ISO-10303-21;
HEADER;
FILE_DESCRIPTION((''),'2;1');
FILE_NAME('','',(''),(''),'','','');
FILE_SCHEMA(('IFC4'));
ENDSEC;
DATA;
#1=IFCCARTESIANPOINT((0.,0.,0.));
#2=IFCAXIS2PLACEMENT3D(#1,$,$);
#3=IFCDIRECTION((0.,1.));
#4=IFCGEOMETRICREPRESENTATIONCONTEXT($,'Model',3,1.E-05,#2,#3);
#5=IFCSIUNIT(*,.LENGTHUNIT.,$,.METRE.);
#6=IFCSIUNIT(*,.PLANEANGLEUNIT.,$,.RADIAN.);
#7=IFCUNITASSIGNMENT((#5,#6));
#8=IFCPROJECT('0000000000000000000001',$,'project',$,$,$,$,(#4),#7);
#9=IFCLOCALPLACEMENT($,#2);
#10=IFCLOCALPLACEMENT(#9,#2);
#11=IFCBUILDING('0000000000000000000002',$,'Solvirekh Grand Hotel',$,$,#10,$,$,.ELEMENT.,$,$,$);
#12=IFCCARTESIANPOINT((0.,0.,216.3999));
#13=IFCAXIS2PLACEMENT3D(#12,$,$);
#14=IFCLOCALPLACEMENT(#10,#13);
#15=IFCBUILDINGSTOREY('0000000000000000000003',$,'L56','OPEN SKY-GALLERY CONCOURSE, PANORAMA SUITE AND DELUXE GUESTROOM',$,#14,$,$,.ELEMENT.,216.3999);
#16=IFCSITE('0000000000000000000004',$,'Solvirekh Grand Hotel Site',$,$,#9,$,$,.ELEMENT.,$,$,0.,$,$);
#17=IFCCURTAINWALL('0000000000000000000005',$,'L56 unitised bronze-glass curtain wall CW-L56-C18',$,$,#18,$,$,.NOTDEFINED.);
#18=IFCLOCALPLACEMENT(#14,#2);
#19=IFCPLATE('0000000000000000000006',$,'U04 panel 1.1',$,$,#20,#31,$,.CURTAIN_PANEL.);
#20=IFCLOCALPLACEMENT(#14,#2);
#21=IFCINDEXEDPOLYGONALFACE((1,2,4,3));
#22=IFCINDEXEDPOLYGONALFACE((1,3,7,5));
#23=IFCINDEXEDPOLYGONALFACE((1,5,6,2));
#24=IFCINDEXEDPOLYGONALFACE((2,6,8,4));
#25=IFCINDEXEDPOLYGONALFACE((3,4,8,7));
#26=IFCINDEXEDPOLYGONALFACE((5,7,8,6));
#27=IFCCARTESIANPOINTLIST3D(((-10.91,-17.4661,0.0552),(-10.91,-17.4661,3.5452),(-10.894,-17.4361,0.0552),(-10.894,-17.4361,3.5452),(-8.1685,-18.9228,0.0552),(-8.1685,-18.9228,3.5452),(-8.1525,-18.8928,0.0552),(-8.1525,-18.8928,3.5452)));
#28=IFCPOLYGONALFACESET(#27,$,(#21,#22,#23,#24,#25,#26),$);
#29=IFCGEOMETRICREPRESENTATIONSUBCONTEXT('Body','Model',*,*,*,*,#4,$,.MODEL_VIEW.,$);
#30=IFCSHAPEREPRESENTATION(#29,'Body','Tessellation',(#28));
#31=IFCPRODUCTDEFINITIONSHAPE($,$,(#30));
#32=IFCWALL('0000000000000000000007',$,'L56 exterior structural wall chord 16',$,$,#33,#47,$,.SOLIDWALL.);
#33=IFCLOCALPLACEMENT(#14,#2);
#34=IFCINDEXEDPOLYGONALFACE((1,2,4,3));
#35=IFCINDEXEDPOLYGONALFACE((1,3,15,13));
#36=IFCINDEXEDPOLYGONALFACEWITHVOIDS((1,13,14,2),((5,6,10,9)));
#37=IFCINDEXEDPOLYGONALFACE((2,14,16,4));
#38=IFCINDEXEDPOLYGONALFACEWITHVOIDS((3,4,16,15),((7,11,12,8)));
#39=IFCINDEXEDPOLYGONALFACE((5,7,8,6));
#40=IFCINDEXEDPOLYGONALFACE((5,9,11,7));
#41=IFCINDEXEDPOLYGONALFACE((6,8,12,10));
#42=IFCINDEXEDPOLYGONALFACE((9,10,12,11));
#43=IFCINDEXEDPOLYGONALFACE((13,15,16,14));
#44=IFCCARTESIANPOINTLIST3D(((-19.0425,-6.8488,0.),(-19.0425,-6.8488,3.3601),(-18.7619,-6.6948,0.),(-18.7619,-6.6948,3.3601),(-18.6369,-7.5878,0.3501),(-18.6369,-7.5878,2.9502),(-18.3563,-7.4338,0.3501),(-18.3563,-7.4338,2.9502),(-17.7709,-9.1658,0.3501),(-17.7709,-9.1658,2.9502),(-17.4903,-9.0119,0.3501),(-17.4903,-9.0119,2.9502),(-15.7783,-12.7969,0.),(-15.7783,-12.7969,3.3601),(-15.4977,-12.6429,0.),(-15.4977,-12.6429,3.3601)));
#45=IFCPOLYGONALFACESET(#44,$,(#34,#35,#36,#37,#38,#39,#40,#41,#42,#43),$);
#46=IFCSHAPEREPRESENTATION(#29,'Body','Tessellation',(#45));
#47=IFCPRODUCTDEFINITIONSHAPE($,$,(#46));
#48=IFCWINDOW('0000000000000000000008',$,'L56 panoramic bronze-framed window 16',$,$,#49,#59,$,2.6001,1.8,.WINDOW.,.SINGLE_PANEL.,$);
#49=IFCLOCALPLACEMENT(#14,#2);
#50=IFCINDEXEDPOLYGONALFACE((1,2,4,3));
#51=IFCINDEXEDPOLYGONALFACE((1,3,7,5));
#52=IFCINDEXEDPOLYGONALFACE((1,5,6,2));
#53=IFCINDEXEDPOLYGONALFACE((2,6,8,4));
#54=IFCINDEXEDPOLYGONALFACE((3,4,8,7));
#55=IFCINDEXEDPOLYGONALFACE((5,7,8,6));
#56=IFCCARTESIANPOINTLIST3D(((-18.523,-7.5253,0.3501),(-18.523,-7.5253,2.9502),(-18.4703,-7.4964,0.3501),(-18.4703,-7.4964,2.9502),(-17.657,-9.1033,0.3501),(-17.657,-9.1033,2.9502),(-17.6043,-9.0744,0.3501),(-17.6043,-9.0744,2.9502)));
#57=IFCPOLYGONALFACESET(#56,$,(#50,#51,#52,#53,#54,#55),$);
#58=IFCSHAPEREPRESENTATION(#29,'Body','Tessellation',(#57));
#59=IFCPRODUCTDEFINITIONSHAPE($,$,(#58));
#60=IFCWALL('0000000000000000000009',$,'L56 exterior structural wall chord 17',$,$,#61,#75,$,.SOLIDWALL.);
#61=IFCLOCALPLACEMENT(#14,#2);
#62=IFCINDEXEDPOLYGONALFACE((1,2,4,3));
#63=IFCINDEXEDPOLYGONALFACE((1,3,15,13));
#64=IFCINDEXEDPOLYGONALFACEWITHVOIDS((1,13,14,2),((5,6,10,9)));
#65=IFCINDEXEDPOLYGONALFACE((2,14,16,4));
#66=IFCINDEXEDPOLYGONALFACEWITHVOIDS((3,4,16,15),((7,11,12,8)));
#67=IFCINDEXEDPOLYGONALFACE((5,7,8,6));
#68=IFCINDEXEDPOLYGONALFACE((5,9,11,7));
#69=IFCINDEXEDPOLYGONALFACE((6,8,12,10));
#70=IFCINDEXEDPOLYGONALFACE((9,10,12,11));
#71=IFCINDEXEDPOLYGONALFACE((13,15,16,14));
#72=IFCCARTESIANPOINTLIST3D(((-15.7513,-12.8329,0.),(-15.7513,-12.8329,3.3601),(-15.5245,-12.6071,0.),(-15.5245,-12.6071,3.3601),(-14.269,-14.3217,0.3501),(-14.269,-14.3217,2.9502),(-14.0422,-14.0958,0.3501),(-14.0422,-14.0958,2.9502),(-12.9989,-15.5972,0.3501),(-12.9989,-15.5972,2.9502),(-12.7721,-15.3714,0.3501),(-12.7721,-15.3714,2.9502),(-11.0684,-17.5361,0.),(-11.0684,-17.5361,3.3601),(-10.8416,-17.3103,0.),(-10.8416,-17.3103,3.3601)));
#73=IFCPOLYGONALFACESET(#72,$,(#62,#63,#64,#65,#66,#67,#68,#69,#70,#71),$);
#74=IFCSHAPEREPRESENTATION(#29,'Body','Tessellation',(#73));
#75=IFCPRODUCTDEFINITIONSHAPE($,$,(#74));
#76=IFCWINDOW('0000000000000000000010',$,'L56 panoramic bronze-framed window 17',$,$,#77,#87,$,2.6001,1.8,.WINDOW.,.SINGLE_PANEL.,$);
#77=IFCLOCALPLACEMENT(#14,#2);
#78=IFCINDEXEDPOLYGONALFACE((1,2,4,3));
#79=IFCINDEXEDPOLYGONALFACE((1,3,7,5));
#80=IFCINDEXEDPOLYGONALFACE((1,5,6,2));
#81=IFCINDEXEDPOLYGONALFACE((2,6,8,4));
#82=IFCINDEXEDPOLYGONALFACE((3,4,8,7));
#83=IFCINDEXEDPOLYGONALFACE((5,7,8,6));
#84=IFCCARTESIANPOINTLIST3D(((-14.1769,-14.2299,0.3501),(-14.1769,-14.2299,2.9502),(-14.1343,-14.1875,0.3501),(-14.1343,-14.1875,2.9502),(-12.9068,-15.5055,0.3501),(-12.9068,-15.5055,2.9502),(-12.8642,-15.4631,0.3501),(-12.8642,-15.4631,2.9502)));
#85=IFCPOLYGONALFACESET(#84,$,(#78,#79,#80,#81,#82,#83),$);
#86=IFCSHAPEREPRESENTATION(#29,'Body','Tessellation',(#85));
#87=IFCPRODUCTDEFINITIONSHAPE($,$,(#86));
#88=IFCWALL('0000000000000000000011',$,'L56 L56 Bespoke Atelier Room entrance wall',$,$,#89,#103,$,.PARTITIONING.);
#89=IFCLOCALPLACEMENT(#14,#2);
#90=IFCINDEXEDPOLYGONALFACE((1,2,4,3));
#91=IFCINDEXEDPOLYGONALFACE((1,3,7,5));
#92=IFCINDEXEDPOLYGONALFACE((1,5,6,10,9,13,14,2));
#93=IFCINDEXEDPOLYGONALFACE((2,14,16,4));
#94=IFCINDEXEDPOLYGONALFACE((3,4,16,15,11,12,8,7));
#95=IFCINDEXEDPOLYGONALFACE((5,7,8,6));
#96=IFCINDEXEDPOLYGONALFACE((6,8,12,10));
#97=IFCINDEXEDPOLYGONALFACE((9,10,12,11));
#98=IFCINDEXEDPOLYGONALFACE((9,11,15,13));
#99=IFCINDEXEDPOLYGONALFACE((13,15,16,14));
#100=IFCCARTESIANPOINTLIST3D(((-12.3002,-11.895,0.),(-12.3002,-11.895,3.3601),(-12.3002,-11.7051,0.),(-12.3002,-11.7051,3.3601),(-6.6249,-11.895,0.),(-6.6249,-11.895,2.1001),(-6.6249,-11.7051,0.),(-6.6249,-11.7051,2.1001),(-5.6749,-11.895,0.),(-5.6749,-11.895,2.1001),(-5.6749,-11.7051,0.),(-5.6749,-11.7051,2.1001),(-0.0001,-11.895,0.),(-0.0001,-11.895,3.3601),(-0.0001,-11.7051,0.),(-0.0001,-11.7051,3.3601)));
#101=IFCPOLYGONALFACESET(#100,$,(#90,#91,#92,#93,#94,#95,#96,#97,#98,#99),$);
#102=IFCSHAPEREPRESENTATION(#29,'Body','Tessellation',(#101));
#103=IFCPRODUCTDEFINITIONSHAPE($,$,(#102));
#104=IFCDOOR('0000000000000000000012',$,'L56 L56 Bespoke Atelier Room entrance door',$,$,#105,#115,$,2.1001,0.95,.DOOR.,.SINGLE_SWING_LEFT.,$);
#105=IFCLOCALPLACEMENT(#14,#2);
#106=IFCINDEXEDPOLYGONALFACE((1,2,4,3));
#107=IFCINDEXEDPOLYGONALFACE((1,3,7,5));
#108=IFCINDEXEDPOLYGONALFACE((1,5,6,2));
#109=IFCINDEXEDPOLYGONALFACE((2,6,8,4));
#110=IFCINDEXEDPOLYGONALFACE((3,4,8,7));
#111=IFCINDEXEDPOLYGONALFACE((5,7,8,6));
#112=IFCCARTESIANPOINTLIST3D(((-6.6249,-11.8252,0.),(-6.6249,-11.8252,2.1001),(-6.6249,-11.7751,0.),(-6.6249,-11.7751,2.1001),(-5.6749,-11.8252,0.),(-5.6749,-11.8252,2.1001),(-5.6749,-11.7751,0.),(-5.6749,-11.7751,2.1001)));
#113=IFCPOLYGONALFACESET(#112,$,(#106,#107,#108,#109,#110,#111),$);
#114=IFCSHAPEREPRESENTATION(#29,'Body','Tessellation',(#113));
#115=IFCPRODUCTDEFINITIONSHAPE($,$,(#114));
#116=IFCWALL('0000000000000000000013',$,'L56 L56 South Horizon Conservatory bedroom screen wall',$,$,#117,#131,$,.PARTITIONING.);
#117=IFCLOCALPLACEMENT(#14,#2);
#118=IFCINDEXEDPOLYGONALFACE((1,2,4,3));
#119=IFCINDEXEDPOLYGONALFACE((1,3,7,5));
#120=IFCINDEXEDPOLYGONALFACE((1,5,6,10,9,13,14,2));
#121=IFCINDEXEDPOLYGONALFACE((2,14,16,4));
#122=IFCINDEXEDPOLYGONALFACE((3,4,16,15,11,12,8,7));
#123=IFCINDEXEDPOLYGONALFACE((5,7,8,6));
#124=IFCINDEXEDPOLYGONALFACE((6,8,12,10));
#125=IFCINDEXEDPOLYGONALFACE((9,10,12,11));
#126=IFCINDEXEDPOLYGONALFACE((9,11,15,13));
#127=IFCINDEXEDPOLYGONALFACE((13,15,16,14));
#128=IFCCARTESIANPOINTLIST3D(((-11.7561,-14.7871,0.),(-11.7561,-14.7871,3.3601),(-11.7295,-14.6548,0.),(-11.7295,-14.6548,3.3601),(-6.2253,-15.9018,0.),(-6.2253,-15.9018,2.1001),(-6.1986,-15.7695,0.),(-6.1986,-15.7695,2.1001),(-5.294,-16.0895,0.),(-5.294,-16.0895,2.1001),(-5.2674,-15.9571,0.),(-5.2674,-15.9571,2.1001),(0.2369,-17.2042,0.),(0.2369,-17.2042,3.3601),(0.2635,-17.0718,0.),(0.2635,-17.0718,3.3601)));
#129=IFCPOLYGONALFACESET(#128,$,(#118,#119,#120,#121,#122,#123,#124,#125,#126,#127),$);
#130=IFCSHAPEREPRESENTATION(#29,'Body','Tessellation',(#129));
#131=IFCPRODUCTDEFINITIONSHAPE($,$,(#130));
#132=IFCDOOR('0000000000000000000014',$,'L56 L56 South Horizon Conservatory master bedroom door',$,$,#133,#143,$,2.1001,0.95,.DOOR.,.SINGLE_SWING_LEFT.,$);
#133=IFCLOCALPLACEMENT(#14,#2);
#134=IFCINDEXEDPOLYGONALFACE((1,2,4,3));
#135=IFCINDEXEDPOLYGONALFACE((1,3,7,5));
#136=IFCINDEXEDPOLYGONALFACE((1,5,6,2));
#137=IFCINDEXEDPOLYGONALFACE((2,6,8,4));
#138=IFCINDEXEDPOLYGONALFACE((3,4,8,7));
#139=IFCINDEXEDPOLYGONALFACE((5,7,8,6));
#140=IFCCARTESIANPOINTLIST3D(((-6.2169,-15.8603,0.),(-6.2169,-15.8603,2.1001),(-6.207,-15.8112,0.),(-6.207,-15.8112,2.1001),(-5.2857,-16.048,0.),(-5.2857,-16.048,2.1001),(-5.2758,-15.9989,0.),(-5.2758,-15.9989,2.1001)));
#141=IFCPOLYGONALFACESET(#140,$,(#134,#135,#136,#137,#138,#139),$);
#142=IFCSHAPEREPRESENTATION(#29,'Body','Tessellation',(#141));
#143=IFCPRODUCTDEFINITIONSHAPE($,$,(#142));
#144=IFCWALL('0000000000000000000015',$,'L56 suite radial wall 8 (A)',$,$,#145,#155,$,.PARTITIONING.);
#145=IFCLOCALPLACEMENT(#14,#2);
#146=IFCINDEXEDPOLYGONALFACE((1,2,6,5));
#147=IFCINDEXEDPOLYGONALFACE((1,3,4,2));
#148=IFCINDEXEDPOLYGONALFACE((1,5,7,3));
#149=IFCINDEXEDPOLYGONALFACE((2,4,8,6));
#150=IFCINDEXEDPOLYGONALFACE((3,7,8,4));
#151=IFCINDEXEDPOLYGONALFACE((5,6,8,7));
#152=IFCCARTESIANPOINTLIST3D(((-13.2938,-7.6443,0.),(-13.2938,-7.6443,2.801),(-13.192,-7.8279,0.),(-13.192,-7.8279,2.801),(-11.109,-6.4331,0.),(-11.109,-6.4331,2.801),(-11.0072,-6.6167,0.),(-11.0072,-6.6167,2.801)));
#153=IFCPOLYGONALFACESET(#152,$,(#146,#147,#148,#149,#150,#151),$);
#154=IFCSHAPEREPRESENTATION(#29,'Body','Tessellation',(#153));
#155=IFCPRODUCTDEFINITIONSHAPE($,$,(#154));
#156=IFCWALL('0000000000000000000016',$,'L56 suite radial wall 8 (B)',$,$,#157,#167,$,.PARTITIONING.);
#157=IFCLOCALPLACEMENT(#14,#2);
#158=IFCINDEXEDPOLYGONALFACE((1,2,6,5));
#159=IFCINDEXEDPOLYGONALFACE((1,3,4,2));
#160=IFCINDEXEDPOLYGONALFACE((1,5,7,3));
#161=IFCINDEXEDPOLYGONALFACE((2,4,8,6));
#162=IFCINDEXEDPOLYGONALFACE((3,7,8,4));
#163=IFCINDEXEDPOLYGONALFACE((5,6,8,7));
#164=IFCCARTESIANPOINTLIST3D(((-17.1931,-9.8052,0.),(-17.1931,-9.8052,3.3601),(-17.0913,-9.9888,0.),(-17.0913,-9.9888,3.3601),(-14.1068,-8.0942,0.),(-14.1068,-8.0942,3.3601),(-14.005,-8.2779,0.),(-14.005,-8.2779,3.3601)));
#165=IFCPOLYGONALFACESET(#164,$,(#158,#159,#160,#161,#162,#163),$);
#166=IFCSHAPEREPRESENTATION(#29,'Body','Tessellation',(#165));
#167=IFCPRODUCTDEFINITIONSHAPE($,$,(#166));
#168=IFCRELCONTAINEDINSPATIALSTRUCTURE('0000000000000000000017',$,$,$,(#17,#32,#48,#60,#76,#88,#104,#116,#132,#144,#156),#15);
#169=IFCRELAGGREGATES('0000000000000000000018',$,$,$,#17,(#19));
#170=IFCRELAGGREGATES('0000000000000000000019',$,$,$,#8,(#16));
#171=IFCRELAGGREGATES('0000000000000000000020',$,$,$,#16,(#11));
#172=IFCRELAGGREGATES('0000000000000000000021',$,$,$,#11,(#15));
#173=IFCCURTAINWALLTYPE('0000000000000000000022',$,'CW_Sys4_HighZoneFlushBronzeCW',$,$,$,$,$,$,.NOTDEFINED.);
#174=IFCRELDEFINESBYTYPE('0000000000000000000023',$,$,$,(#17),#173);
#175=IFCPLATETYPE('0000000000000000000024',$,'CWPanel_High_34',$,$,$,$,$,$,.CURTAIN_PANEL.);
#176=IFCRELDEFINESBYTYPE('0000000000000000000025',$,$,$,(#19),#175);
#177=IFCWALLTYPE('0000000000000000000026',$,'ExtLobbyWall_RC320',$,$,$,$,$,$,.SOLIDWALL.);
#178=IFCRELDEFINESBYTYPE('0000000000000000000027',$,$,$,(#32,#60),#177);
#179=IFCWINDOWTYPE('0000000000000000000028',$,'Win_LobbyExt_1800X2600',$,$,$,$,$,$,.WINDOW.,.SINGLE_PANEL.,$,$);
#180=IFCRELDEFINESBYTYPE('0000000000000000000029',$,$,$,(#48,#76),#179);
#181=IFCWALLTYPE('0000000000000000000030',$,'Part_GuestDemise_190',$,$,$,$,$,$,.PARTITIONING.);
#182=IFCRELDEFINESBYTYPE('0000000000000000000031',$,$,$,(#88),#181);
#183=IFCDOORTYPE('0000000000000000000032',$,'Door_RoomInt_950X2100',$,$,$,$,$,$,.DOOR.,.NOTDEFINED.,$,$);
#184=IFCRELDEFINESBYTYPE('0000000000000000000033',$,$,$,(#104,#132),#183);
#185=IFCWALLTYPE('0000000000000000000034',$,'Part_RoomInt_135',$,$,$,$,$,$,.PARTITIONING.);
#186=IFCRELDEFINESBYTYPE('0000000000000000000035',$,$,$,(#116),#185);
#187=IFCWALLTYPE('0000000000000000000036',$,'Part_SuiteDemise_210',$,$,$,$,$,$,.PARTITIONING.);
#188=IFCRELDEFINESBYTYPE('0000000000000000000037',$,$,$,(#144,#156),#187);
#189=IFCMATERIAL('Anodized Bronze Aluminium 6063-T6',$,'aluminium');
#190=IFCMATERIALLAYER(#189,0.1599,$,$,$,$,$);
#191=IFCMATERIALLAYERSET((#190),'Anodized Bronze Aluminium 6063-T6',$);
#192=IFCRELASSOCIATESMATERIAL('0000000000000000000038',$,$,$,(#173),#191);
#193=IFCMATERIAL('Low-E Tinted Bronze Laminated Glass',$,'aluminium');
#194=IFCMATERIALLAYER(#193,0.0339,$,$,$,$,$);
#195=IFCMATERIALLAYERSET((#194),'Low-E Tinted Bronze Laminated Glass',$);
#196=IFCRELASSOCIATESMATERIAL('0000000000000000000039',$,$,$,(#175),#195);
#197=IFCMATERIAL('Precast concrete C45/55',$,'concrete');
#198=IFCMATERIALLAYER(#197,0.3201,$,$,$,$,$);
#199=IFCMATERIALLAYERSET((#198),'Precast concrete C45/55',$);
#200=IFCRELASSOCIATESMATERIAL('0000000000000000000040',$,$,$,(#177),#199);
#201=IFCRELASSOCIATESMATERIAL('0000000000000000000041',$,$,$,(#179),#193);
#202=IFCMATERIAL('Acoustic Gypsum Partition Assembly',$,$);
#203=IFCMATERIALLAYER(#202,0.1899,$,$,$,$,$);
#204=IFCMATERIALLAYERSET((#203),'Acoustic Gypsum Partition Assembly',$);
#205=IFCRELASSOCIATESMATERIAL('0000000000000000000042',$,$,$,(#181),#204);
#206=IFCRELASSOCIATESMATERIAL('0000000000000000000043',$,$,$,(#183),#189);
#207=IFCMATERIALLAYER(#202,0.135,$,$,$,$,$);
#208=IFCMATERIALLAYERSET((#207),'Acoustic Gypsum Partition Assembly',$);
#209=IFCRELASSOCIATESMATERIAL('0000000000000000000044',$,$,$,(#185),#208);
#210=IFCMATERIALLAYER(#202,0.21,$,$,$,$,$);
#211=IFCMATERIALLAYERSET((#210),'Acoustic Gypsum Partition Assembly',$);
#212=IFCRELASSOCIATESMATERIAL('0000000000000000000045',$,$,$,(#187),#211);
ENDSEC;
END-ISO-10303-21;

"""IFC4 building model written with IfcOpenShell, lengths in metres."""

from ifc_helpers import new_model, si_unit, direction, frame, frame_2d, origin, origin_2d, place, context, subcontext, project, spatial, rectangle, extrude, source, transform, mapped, material, layer, layer_set, type_object, element, fill, aggregate, save


model = new_model("IFC4")

# Units and contexts
model_context = context("Model", 3, precision=1e-05, world=origin(), true_north=direction((0.0, 1.0)))
body_context = subcontext(model_context, "Body", "Model", "MODEL_VIEW")
ifc_project = project(units=[si_unit("LENGTHUNIT", "METRE"), si_unit("PLANEANGLEUNIT", "RADIAN")], contexts=[model_context])

# Site, building, storey
site_placement = place(None, origin())
site = spatial("IfcSite", under=ifc_project, at=site_placement, Name="Solvirekh Grand Hotel Site", CompositionType="ELEMENT", RefElevation=0.0)
building_placement = place(site_placement, origin())
building = spatial("IfcBuilding", under=site, at=building_placement, Name="Solvirekh Grand Hotel", CompositionType="ELEMENT")
storey_placement = place(building_placement, frame((0.0, 0.0, 216.3999)))
storey = spatial("IfcBuildingStorey", under=building, at=storey_placement, Name="L56", Description="OPEN SKY-GALLERY CONCOURSE, PANORAMA SUITE AND DELUXE GUESTROOM", CompositionType="ELEMENT", Elevation=216.3999)

# Shared definitions
ifc_material_1 = material(Name="Anodized Bronze Aluminium 6063-T6", Category="aluminium")
ifc_layer_1 = layer(ifc_material_1, 0.1599)
ifc_layer_set_1 = layer_set([ifc_layer_1], Name="Anodized Bronze Aluminium 6063-T6")
curtain_wall_type = type_object("IfcCurtainWallType", Name="CW_Sys4_HighZoneFlushBronzeCW", PredefinedType="NOTDEFINED", material=ifc_layer_set_1)

# Curtain wall, plate
curtain_wall_1_placement = place(storey_placement, origin())
curtain_wall_1 = element("IfcCurtainWall", 1, at=curtain_wall_1_placement, inside=storey, type_object=curtain_wall_type, Name="L56 unitised bronze-glass curtain wall CW-L56-C18", PredefinedType="NOTDEFINED")
ifc_material_2 = material(Name="Low-E Tinted Bronze Laminated Glass", Category="aluminium")
ifc_layer_2 = layer(ifc_material_2, 0.0339)
ifc_layer_set_2 = layer_set([ifc_layer_2], Name="Low-E Tinted Bronze Laminated Glass")
plate_type = type_object("IfcPlateType", Name="CWPanel_High_34", PredefinedType="CURTAIN_PANEL", material=ifc_layer_set_2)
shared_shape_1 = source(origin(), body_context, "Body", "SweptSolid", [
    extrude(rectangle(XDim=3.1045, YDim=0.0339, at=origin_2d()), origin(), (0.0, 0.0, 1.0), 3.49),
])
plate_placement = place(storey_placement, frame((-9.5312, -18.1794, 0.0552), z_axis=(0.0, 0.0, 1.0), x_axis=(0.883071, -0.469239, 0.0)))
plate = element("IfcPlate", 2, at=plate_placement, type_object=plate_type, Name="U04 panel 1.1", PredefinedType="CURTAIN_PANEL", context=body_context, shape_type="MappedRepresentation", body=[
    mapped(shared_shape_1, transform((0.0, 0.0, 0.0), x_axis=(1.0, 0.0, 0.0), y_axis=(0.0, 1.0, 0.0), z_axis=(0.0, 0.0, 1.0), scale=1.0)),
])
aggregate(curtain_wall_1, [plate])

# Walls, openings, windows
ifc_material_3 = material(Name="Precast concrete C45/55", Category="concrete")
ifc_layer_3 = layer(ifc_material_3, 0.3201)
ifc_layer_set_3 = layer_set([ifc_layer_3], Name="Precast concrete C45/55")
wall_type_1 = type_object("IfcWallType", Name="ExtLobbyWall_RC320", PredefinedType="SOLIDWALL", material=ifc_layer_set_3)
wall_1_placement = place(storey_placement, frame((-15.6379, -12.72, 0.0), z_axis=(0.0, 0.0, 1.0), x_axis=(-0.481099, 0.876666, 0.0)))
wall_1 = element("IfcWall", 3, at=wall_1_placement, inside=storey, type_object=wall_type_1, Name="L56 exterior structural wall chord 16", PredefinedType="SOLIDWALL", context=body_context, shape_type="SweptSolid", body=[
    extrude(rectangle(XDim=6.7849, YDim=0.3201, at=frame_2d((3.3926, 0.0))), origin(), (0.0, 0.0, 1.0), 3.3601),
])
opening_1_placement = place(wall_1_placement, frame((4.1421, 0.0, 0.3501)))
opening_1 = element("IfcOpeningElement", 4, at=opening_1_placement, cuts=wall_1, PredefinedType="OPENING", context=body_context, shape_type="SweptSolid", body=[
    extrude(rectangle(XDim=1.8, YDim=2.6001, at=frame_2d((0.8999, 1.3))), frame((0.0, 0.1699, 0.0), z_axis=(0.0, -1.0, 0.0), x_axis=(1.0, 0.0, 0.0)), (0.0, 0.0, 1.0), 0.3401),
])
window_type = type_object("IfcWindowType", Name="Win_LobbyExt_1800X2600", PartitioningType="SINGLE_PANEL", PredefinedType="WINDOW", material=ifc_material_2)
window_1_placement = place(opening_1_placement, origin())
window_1 = element("IfcWindow", 5, at=window_1_placement, inside=storey, type_object=window_type, Name="L56 panoramic bronze-framed window 16", OverallHeight=2.6001, OverallWidth=1.8, PartitioningType="SINGLE_PANEL", PredefinedType="WINDOW", context=body_context, shape_type="SweptSolid", body=[
    extrude(rectangle(XDim=1.8, YDim=2.6001, at=frame_2d((0.8999, 1.3))), frame((0.0, 0.03, 0.0), z_axis=(0.0, -1.0, 0.0), x_axis=(1.0, 0.0, 0.0)), (0.0, 0.0, 1.0), 0.0601),
])
fill(opening_1, window_1)
wall_2_placement = place(storey_placement, frame((-10.9551, -17.4231, 0.0), z_axis=(0.0, 0.0, 1.0), x_axis=(-0.705579, 0.708632, 0.0)))
wall_2 = element("IfcWall", 6, at=wall_2_placement, inside=storey, type_object=wall_type_1, Name="L56 exterior structural wall chord 17", PredefinedType="SOLIDWALL", context=body_context, shape_type="SweptSolid", body=[
    extrude(rectangle(XDim=6.637, YDim=0.3201, at=frame_2d((3.3184, 0.0))), origin(), (0.0, 0.0, 1.0), 3.3601),
])
opening_2_placement = place(wall_2_placement, frame((2.7361, 0.0, 0.3501)))
opening_2 = element("IfcOpeningElement", 7, at=opening_2_placement, cuts=wall_2, PredefinedType="OPENING", context=body_context, shape_type="SweptSolid", body=[
    extrude(rectangle(XDim=1.8, YDim=2.6001, at=frame_2d((0.8999, 1.3))), frame((0.0, 0.1699, 0.0), z_axis=(0.0, -1.0, 0.0), x_axis=(1.0, 0.0, 0.0)), (0.0, 0.0, 1.0), 0.3401),
])
window_2_placement = place(opening_2_placement, origin())
window_2 = element("IfcWindow", 8, at=window_2_placement, inside=storey, type_object=window_type, Name="L56 panoramic bronze-framed window 17", OverallHeight=2.6001, OverallWidth=1.8, PartitioningType="SINGLE_PANEL", PredefinedType="WINDOW", context=body_context, shape_type="SweptSolid", body=[
    extrude(rectangle(XDim=1.8, YDim=2.6001, at=frame_2d((0.8999, 1.3))), frame((0.0, 0.03, 0.0), z_axis=(0.0, -1.0, 0.0), x_axis=(1.0, 0.0, 0.0)), (0.0, 0.0, 1.0), 0.0601),
])
fill(opening_2, window_2)

# Walls, openings, doors
ifc_material_4 = material(Name="Acoustic Gypsum Partition Assembly")
ifc_layer_4 = layer(ifc_material_4, 0.1899)
ifc_layer_set_4 = layer_set([ifc_layer_4], Name="Acoustic Gypsum Partition Assembly")
wall_type_2 = type_object("IfcWallType", Name="Part_GuestDemise_190", PredefinedType="PARTITIONING", material=ifc_layer_set_4)
wall_3_placement = place(storey_placement, frame((-12.3, -11.8, 0.0), z_axis=(0.0, 0.0, 1.0), x_axis=(1.0, 0.0, 0.0)))
wall_3 = element("IfcWall", 9, at=wall_3_placement, inside=storey, type_object=wall_type_2, Name="L56 L56 Bespoke Atelier Room entrance wall", PredefinedType="PARTITIONING", context=body_context, shape_type="SweptSolid", body=[
    extrude(rectangle(XDim=12.3, YDim=0.1899, at=frame_2d((6.1499, 0.0))), origin(), (0.0, 0.0, 1.0), 3.3601),
])
opening_3_placement = place(wall_3_placement, frame((5.675, 0.0, 0.0)))
opening_3 = element("IfcOpeningElement", 10, at=opening_3_placement, cuts=wall_3, PredefinedType="OPENING", context=body_context, shape_type="SweptSolid", body=[
    extrude(rectangle(XDim=0.95, YDim=2.1001, at=frame_2d((0.4751, 1.05))), frame((0.0, 0.105, 0.0), z_axis=(0.0, -1.0, 0.0), x_axis=(1.0, 0.0, 0.0)), (0.0, 0.0, 1.0), 0.21),
])
door_type = type_object("IfcDoorType", Name="Door_RoomInt_950X2100", OperationType="NOTDEFINED", PredefinedType="DOOR", material=ifc_material_1)
door_1_placement = place(opening_3_placement, origin())
door_1 = element("IfcDoor", 11, at=door_1_placement, inside=storey, type_object=door_type, Name="L56 L56 Bespoke Atelier Room entrance door", OperationType="SINGLE_SWING_LEFT", OverallHeight=2.1001, OverallWidth=0.95, PredefinedType="DOOR", context=body_context, shape_type="SweptSolid", body=[
    extrude(rectangle(XDim=0.95, YDim=2.1001, at=frame_2d((0.4751, 1.05))), frame((0.0, 0.0249, 0.0), z_axis=(0.0, -1.0, 0.0), x_axis=(1.0, 0.0, 0.0)), (0.0, 0.0, 1.0), 0.05),
])
fill(opening_3, door_1)
ifc_layer_5 = layer(ifc_material_4, 0.135)
ifc_layer_set_5 = layer_set([ifc_layer_5], Name="Acoustic Gypsum Partition Assembly")
wall_type_3 = type_object("IfcWallType", Name="Part_RoomInt_135", PredefinedType="PARTITIONING", material=ifc_layer_set_5)
wall_4_placement = place(storey_placement, frame((-11.7429, -14.7209, 0.0), z_axis=(0.0, 0.0, 1.0), x_axis=(0.98029, -0.197563, 0.0)))
wall_4 = element("IfcWall", 12, at=wall_4_placement, inside=storey, type_object=wall_type_3, Name="L56 L56 South Horizon Conservatory bedroom screen wall", PredefinedType="PARTITIONING", context=body_context, shape_type="SweptSolid", body=[
    extrude(rectangle(XDim=12.2341, YDim=0.135, at=frame_2d((6.1172, 0.0))), origin(), (0.0, 0.0, 1.0), 3.3601),
])
opening_4_placement = place(wall_4_placement, frame((5.6421, 0.0, 0.0)))
opening_4 = element("IfcOpeningElement", 13, at=opening_4_placement, cuts=wall_4, PredefinedType="OPENING", context=body_context, shape_type="SweptSolid", body=[
    extrude(rectangle(XDim=0.95, YDim=2.1001, at=frame_2d((0.4751, 1.05))), frame((0.0, 0.0776, 0.0), z_axis=(0.0, -1.0, 0.0), x_axis=(1.0, 0.0, 0.0)), (0.0, 0.0, 1.0), 0.155),
])
door_2_placement = place(opening_4_placement, origin())
door_2 = element("IfcDoor", 14, at=door_2_placement, inside=storey, type_object=door_type, Name="L56 L56 South Horizon Conservatory master bedroom door", OperationType="SINGLE_SWING_LEFT", OverallHeight=2.1001, OverallWidth=0.95, PredefinedType="DOOR", context=body_context, shape_type="SweptSolid", body=[
    extrude(rectangle(XDim=0.95, YDim=2.1001, at=frame_2d((0.4751, 1.05))), frame((0.0, 0.0249, 0.0), z_axis=(0.0, -1.0, 0.0), x_axis=(1.0, 0.0, 0.0)), (0.0, 0.0, 1.0), 0.05),
])
fill(opening_4, door_2)

# Walls
ifc_layer_6 = layer(ifc_material_4, 0.21)
ifc_layer_set_6 = layer_set([ifc_layer_6], Name="Acoustic Gypsum Partition Assembly")
wall_type_4 = type_object("IfcWallType", Name="Part_SuiteDemise_210", PredefinedType="PARTITIONING", material=ifc_layer_set_6)
wall_5_placement = place(storey_placement, frame((-11.0581, -6.5249, 0.0), z_axis=(0.0, 0.0, 1.0), x_axis=(-0.874599, -0.484846, 0.0)))
element("IfcWall", 15, at=wall_5_placement, inside=storey, type_object=wall_type_4, Name="L56 suite radial wall 8 (A)", PredefinedType="PARTITIONING", context=body_context, shape_type="SweptSolid", body=[
    extrude(rectangle(XDim=2.498, YDim=0.21, at=frame_2d((1.249, 0.0))), origin(), (0.0, 0.0, 1.0), 2.801),
])
wall_6_placement = place(storey_placement, frame((-14.0559, -8.186, 0.0), z_axis=(0.0, 0.0, 1.0), x_axis=(-0.874591, -0.484861, 0.0)))
element("IfcWall", 16, at=wall_6_placement, inside=storey, type_object=wall_type_4, Name="L56 suite radial wall 8 (B)", PredefinedType="PARTITIONING", context=body_context, shape_type="SweptSolid", body=[
    extrude(rectangle(XDim=3.5288, YDim=0.21, at=frame_2d((1.7644, 0.0))), origin(), (0.0, 0.0, 1.0), 3.3601),
])

save(model, "model.ifc")
